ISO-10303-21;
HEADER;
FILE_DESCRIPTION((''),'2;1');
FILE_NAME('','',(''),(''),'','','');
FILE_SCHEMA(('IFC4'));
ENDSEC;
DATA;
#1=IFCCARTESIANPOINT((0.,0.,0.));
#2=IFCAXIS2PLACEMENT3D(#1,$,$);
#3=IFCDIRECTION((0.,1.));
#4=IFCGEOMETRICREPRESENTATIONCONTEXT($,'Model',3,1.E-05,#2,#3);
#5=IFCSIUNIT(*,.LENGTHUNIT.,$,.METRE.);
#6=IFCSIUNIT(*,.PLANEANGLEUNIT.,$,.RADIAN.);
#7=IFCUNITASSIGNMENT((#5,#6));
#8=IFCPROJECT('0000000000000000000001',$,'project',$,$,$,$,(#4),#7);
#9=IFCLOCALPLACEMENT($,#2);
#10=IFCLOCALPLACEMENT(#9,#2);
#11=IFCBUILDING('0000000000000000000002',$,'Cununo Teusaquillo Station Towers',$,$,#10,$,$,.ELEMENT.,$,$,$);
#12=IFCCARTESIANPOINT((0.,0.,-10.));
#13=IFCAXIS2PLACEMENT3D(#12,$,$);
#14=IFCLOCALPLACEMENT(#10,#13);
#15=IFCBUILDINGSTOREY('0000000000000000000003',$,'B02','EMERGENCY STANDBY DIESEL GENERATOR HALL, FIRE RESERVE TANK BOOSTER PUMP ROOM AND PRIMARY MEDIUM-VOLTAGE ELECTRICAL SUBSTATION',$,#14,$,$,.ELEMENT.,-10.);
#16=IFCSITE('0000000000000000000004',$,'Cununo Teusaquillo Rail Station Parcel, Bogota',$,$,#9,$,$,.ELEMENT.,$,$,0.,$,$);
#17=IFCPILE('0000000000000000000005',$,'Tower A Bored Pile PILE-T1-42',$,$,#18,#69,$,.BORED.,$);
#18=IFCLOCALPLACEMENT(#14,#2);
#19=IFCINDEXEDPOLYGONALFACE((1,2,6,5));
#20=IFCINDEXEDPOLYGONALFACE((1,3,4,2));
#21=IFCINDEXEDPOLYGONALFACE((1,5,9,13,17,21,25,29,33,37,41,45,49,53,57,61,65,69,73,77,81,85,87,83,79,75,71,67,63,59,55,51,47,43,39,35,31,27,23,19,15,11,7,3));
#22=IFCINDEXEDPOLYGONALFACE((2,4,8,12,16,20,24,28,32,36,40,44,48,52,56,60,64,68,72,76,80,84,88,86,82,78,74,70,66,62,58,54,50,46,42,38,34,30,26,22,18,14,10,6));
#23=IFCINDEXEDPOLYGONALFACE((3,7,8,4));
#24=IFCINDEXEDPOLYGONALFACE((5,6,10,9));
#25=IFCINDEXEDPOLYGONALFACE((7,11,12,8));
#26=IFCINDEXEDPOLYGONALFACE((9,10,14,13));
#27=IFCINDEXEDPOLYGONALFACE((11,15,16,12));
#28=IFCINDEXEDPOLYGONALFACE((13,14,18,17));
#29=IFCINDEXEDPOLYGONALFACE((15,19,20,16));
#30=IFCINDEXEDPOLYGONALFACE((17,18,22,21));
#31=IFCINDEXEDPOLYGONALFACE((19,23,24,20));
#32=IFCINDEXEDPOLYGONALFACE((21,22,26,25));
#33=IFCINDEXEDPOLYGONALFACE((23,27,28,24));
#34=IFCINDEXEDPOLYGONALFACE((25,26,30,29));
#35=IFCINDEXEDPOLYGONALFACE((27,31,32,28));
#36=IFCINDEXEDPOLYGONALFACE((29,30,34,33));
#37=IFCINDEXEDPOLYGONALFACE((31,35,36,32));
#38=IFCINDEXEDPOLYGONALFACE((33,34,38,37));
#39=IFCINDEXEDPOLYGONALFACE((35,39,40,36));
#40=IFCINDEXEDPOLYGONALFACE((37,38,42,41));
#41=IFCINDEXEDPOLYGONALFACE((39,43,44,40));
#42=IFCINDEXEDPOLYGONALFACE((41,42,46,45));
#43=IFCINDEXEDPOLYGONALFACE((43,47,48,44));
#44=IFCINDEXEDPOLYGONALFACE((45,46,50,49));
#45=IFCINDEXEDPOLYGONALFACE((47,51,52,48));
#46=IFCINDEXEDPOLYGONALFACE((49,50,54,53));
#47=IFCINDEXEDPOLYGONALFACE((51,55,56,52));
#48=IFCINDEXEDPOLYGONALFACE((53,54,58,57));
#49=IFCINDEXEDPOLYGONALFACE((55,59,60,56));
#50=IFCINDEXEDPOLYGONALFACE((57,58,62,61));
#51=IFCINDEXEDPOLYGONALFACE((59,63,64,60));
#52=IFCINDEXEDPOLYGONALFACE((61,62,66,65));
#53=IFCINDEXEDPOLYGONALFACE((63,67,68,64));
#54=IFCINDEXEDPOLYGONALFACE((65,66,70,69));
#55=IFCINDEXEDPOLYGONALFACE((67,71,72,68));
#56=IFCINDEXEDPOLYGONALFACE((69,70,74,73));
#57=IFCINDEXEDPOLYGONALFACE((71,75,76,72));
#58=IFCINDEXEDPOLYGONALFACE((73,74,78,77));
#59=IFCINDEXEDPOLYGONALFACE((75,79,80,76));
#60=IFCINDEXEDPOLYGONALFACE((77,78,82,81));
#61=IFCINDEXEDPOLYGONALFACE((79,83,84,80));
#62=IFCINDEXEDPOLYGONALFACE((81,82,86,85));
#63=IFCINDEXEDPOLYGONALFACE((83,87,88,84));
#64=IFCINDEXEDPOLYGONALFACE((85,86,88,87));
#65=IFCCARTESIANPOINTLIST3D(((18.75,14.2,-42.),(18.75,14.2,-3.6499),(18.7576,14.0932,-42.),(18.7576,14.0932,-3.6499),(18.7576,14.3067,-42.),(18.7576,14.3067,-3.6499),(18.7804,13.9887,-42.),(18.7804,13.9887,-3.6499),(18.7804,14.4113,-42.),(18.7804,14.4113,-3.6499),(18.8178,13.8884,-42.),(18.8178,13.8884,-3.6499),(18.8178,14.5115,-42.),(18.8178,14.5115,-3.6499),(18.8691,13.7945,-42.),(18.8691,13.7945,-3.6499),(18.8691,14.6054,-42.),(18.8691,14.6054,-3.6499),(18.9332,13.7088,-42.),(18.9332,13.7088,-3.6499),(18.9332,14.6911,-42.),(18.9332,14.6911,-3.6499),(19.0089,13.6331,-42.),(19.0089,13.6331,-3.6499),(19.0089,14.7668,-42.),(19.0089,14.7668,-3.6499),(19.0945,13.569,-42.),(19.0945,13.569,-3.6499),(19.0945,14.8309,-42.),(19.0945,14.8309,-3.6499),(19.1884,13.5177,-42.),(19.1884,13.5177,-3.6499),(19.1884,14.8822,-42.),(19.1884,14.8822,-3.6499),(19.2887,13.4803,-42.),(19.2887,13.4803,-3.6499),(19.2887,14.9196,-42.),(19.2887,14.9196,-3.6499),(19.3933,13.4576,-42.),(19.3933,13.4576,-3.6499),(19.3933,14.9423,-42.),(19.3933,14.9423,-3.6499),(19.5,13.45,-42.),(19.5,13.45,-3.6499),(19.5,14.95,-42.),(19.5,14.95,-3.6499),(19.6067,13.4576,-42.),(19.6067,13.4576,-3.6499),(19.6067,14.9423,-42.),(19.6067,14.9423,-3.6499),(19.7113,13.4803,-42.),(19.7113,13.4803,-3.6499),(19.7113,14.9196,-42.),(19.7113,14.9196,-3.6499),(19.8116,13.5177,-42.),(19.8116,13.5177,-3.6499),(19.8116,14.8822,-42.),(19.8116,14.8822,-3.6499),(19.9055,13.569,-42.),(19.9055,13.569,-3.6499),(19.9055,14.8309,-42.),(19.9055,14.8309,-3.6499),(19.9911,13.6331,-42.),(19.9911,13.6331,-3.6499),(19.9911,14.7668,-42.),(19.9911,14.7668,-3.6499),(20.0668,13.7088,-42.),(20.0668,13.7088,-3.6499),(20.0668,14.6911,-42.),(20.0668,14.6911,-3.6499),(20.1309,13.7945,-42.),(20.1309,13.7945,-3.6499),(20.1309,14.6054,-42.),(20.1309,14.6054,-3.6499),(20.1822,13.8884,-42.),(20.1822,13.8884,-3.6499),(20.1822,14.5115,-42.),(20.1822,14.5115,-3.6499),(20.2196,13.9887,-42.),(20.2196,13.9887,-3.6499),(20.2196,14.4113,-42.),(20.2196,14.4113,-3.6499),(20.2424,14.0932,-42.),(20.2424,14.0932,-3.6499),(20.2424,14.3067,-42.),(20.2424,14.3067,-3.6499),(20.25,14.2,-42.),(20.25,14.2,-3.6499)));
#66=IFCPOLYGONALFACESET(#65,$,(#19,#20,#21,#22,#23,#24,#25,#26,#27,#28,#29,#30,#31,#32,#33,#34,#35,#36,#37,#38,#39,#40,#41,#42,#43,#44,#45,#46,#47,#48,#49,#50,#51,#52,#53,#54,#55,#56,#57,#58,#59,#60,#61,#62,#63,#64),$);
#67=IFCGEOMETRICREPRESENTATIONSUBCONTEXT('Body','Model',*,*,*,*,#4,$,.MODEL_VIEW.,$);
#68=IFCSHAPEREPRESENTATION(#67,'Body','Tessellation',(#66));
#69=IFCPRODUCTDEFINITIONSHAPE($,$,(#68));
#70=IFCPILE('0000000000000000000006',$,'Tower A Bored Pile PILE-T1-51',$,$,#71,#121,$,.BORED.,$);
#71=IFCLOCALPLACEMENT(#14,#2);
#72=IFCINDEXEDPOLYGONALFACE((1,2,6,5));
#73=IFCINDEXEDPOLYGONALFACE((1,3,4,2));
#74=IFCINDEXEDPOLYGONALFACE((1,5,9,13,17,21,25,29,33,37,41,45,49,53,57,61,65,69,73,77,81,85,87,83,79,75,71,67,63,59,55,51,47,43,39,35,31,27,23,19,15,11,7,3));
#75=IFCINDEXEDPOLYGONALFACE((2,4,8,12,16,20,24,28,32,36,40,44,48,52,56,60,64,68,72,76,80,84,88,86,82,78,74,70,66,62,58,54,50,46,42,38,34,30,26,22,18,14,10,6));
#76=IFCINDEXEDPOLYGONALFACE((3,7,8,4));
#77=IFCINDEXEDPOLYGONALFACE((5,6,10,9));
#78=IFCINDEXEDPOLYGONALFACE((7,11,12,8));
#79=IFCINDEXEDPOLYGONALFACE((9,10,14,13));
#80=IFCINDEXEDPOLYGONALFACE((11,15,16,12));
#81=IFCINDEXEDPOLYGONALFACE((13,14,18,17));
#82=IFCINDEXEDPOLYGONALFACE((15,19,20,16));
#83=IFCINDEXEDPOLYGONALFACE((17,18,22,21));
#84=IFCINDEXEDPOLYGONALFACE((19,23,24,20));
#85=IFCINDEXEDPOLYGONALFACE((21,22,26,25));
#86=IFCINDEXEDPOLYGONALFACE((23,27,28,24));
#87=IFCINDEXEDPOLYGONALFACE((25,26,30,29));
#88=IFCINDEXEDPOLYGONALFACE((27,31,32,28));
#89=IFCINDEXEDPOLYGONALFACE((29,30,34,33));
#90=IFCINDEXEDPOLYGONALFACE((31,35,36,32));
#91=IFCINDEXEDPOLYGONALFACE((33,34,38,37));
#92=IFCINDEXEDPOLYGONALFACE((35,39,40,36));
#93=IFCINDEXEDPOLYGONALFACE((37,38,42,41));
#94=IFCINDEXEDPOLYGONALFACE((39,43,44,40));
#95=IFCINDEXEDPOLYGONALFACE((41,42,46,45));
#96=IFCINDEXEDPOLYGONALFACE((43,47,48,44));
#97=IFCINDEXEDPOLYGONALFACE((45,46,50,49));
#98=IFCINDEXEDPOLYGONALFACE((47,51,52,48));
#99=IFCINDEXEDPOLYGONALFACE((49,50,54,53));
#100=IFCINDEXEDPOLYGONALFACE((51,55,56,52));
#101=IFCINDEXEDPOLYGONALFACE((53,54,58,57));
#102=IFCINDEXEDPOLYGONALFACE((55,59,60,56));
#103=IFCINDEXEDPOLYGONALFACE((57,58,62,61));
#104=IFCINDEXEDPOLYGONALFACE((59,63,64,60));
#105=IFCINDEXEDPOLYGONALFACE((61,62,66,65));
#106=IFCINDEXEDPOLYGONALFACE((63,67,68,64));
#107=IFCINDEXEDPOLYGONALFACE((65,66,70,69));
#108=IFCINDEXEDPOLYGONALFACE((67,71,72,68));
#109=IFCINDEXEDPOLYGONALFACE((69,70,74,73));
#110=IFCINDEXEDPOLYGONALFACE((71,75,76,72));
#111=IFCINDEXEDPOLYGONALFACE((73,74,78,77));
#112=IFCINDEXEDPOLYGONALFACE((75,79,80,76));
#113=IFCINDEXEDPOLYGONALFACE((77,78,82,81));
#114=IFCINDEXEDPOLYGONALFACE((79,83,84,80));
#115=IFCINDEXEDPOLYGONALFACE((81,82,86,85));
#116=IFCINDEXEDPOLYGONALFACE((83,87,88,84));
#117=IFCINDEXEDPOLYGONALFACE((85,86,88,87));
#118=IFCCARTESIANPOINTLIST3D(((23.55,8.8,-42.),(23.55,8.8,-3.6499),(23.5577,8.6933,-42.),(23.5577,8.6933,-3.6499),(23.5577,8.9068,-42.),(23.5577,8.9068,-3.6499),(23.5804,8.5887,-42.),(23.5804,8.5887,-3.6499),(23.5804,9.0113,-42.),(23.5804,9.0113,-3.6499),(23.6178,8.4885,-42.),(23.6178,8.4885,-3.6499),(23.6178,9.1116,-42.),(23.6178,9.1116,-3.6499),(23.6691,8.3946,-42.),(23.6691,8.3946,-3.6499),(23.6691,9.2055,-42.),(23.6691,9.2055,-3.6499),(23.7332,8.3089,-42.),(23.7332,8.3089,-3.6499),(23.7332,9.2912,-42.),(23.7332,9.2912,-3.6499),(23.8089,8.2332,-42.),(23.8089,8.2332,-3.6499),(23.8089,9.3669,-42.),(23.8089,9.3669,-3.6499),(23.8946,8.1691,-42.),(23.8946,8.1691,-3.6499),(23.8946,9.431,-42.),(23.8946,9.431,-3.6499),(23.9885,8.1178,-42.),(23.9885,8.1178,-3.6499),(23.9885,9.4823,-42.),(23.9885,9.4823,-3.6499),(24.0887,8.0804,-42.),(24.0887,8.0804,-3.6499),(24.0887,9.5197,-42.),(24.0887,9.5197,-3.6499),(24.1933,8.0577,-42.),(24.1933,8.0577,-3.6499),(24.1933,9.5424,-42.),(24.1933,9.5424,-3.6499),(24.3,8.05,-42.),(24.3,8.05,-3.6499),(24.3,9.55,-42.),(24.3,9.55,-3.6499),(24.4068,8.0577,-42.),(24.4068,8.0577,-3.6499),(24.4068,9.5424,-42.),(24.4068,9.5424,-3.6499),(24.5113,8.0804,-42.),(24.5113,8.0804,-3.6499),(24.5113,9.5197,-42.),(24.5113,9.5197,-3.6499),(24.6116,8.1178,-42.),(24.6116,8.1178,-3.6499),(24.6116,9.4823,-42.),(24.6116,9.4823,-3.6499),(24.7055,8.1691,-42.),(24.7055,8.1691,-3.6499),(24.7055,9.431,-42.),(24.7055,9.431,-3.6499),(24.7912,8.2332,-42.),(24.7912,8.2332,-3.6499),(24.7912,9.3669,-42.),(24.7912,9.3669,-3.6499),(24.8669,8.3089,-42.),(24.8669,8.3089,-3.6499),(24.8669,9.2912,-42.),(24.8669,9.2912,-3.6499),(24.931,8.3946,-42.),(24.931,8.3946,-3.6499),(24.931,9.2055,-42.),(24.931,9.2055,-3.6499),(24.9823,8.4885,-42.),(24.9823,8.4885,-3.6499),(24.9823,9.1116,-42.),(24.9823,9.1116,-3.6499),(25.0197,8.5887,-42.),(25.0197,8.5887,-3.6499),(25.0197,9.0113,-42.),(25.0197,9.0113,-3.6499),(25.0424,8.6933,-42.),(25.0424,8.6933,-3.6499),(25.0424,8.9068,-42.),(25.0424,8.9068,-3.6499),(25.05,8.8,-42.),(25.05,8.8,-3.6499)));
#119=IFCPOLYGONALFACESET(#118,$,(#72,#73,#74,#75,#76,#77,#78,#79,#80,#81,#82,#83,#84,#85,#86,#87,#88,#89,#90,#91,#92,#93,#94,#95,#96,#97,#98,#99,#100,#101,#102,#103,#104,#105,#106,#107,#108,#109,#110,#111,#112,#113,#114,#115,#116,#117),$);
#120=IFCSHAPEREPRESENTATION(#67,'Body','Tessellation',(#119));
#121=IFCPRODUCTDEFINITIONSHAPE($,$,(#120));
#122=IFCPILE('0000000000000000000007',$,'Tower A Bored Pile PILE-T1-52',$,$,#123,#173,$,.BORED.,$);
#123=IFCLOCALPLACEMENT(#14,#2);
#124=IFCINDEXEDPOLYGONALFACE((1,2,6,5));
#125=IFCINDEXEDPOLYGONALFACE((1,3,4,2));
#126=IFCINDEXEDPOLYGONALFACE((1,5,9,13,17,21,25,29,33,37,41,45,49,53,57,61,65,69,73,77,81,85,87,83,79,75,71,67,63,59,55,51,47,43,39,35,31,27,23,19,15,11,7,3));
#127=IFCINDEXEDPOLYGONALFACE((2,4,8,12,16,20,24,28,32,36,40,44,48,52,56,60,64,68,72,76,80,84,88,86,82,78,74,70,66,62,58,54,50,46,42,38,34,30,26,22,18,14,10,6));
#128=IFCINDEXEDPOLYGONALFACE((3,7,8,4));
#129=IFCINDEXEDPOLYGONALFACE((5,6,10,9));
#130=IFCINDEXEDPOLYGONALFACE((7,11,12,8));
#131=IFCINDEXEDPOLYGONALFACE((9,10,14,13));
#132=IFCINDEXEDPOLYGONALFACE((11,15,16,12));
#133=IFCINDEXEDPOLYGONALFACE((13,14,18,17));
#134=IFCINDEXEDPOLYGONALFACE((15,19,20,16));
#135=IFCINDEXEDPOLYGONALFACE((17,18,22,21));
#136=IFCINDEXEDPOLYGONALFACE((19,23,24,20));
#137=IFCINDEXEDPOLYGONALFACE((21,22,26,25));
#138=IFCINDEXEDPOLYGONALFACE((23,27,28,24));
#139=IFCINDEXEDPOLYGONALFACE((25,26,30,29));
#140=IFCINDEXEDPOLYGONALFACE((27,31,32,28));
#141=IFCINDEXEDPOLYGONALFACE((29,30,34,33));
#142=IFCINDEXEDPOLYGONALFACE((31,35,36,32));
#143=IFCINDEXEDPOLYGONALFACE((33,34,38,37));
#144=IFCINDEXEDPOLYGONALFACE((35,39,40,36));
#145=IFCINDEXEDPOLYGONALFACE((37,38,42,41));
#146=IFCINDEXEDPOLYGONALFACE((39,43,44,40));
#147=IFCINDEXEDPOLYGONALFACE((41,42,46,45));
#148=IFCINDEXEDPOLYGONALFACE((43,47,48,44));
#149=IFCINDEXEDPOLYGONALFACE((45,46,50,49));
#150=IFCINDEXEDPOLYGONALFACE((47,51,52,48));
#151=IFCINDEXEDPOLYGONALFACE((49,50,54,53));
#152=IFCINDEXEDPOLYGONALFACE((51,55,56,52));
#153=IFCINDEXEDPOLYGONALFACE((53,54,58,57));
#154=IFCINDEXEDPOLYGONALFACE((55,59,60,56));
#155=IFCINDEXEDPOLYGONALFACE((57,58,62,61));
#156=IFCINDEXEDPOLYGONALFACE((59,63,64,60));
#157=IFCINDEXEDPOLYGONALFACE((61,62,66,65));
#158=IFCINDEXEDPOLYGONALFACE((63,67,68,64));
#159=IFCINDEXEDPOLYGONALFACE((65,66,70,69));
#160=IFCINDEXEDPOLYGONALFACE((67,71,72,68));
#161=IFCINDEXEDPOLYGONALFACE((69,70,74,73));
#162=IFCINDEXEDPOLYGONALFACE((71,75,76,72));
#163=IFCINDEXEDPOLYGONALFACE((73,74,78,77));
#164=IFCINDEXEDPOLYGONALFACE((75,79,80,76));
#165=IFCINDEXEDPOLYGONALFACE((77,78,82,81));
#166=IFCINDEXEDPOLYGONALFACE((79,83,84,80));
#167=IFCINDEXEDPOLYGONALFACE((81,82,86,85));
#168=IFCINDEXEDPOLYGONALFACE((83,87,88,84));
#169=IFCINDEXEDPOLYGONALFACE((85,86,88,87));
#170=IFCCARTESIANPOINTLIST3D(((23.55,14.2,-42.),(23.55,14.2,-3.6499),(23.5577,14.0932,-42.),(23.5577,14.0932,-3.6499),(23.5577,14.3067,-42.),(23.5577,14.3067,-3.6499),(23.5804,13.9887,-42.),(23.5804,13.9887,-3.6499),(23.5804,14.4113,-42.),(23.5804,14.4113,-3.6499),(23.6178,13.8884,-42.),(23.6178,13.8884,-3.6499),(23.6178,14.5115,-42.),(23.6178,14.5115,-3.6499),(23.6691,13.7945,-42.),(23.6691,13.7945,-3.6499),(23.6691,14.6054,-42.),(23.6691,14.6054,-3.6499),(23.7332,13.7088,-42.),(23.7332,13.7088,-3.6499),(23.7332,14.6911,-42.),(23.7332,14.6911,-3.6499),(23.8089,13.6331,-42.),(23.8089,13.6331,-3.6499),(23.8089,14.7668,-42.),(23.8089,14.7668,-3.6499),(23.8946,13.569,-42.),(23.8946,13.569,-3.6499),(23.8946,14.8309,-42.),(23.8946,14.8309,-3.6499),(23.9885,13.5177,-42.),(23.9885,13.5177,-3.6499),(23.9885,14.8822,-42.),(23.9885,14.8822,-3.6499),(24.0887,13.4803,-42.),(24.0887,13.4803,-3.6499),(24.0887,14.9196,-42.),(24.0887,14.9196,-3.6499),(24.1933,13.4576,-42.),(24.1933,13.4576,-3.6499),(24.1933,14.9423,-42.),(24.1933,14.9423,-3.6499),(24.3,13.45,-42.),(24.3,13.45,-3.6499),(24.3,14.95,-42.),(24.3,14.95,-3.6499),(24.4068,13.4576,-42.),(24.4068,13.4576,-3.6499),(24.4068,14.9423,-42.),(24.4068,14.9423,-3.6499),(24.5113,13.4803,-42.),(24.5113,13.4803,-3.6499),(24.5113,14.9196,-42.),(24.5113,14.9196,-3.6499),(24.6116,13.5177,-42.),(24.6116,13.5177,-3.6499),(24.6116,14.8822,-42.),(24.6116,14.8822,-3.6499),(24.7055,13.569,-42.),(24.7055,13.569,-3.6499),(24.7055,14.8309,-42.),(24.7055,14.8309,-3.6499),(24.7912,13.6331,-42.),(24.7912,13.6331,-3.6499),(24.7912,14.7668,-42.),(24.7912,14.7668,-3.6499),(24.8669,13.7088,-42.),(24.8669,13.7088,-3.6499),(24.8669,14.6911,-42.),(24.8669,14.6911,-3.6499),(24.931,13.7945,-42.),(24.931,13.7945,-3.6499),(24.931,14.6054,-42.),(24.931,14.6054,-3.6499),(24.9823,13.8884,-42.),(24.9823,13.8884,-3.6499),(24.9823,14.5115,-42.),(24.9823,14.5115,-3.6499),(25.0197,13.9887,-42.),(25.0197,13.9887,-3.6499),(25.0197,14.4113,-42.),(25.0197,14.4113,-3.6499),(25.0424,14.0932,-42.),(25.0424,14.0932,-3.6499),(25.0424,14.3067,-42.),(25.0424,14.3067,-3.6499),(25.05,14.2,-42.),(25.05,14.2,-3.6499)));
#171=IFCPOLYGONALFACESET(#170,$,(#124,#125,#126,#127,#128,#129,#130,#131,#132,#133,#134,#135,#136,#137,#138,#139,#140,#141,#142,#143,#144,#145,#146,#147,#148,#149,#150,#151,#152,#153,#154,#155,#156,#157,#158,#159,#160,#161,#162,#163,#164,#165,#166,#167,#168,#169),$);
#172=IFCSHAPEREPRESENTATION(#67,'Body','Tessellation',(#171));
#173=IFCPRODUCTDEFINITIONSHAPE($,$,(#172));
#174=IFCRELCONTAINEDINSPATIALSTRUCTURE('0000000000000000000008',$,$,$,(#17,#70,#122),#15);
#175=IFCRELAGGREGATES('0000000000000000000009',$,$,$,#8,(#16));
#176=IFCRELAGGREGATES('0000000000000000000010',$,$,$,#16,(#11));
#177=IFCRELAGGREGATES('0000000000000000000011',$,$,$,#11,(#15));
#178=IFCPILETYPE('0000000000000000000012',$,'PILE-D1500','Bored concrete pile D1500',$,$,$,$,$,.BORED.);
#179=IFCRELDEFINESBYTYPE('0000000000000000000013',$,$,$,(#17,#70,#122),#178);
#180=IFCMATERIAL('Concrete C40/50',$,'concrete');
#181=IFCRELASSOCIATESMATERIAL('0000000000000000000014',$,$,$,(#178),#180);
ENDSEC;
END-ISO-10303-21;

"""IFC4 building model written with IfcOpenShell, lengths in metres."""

from ifc_helpers import new_model, si_unit, direction, frame, origin, origin_2d, place, context, subcontext, project, spatial, circle, extrude, material, material_profile, profile_set, type_object, element, save


model = new_model("IFC4")

# Units and contexts
model_context = context("Model", 3, precision=1e-05, world=origin(), true_north=direction((0.0, 1.0)))
body_context = subcontext(model_context, "Body", "Model", "MODEL_VIEW")
ifc_project = project(units=[si_unit("LENGTHUNIT", "METRE"), si_unit("PLANEANGLEUNIT", "RADIAN")], contexts=[model_context])

# Site, building, storey
site_placement = place(None, origin())
site = spatial("IfcSite", under=ifc_project, at=site_placement, Name="Cununo Teusaquillo Rail Station Parcel, Bogota", CompositionType="ELEMENT", RefElevation=0.0)
building_placement = place(site_placement, origin())
building = spatial("IfcBuilding", under=site, at=building_placement, Name="Cununo Teusaquillo Station Towers", CompositionType="ELEMENT")
storey_placement = place(building_placement, frame((0.0, 0.0, -10.0)))
storey = spatial("IfcBuildingStorey", under=building, at=storey_placement, Name="B02", Description="EMERGENCY STANDBY DIESEL GENERATOR HALL, FIRE RESERVE TANK BOOSTER PUMP ROOM AND PRIMARY MEDIUM-VOLTAGE ELECTRICAL SUBSTATION", CompositionType="ELEMENT", Elevation=-10.0)

# Piles
ifc_material_1 = material(Name="Concrete C40/50", Category="concrete")
ifc_material_profile_1 = material_profile(ifc_material_1, circle(Radius=0.75, at=origin_2d()), Name="PILE-BORED-1500")
ifc_profile_set_1 = profile_set([ifc_material_profile_1], Name="Concrete C40/50")
pile_type = type_object("IfcPileType", Name="PILE-D1500", Description="Bored concrete pile D1500", PredefinedType="BORED", material=ifc_profile_set_1)
for number, where, z_axis, x_axis, name in (
    (1, (19.5, 14.2, -3.6499), (0.0, 0.0, -1.0), (1.0, 0.0, 0.0), "Tower A Bored Pile PILE-T1-42"),
    (2, (24.3, 8.8, -3.6499), (0.0, 0.0, -1.0), (1.0, 0.0, 0.0), "Tower A Bored Pile PILE-T1-51"),
    (3, (24.3, 14.2, -3.6499), (0.0, 0.0, -1.0), (1.0, 0.0, 0.0), "Tower A Bored Pile PILE-T1-52"),
):
    element("IfcPile", number, at=place(storey_placement, frame(where, z_axis=z_axis, x_axis=x_axis)), inside=storey, type_object=pile_type, Name=name, PredefinedType="BORED", context=body_context, shape_type="SweptSolid", body=[
        extrude(circle(Radius=0.75, at=origin_2d()), origin(), (0.0, 0.0, 1.0), 38.3501),
    ])

save(model, "model.ifc")
